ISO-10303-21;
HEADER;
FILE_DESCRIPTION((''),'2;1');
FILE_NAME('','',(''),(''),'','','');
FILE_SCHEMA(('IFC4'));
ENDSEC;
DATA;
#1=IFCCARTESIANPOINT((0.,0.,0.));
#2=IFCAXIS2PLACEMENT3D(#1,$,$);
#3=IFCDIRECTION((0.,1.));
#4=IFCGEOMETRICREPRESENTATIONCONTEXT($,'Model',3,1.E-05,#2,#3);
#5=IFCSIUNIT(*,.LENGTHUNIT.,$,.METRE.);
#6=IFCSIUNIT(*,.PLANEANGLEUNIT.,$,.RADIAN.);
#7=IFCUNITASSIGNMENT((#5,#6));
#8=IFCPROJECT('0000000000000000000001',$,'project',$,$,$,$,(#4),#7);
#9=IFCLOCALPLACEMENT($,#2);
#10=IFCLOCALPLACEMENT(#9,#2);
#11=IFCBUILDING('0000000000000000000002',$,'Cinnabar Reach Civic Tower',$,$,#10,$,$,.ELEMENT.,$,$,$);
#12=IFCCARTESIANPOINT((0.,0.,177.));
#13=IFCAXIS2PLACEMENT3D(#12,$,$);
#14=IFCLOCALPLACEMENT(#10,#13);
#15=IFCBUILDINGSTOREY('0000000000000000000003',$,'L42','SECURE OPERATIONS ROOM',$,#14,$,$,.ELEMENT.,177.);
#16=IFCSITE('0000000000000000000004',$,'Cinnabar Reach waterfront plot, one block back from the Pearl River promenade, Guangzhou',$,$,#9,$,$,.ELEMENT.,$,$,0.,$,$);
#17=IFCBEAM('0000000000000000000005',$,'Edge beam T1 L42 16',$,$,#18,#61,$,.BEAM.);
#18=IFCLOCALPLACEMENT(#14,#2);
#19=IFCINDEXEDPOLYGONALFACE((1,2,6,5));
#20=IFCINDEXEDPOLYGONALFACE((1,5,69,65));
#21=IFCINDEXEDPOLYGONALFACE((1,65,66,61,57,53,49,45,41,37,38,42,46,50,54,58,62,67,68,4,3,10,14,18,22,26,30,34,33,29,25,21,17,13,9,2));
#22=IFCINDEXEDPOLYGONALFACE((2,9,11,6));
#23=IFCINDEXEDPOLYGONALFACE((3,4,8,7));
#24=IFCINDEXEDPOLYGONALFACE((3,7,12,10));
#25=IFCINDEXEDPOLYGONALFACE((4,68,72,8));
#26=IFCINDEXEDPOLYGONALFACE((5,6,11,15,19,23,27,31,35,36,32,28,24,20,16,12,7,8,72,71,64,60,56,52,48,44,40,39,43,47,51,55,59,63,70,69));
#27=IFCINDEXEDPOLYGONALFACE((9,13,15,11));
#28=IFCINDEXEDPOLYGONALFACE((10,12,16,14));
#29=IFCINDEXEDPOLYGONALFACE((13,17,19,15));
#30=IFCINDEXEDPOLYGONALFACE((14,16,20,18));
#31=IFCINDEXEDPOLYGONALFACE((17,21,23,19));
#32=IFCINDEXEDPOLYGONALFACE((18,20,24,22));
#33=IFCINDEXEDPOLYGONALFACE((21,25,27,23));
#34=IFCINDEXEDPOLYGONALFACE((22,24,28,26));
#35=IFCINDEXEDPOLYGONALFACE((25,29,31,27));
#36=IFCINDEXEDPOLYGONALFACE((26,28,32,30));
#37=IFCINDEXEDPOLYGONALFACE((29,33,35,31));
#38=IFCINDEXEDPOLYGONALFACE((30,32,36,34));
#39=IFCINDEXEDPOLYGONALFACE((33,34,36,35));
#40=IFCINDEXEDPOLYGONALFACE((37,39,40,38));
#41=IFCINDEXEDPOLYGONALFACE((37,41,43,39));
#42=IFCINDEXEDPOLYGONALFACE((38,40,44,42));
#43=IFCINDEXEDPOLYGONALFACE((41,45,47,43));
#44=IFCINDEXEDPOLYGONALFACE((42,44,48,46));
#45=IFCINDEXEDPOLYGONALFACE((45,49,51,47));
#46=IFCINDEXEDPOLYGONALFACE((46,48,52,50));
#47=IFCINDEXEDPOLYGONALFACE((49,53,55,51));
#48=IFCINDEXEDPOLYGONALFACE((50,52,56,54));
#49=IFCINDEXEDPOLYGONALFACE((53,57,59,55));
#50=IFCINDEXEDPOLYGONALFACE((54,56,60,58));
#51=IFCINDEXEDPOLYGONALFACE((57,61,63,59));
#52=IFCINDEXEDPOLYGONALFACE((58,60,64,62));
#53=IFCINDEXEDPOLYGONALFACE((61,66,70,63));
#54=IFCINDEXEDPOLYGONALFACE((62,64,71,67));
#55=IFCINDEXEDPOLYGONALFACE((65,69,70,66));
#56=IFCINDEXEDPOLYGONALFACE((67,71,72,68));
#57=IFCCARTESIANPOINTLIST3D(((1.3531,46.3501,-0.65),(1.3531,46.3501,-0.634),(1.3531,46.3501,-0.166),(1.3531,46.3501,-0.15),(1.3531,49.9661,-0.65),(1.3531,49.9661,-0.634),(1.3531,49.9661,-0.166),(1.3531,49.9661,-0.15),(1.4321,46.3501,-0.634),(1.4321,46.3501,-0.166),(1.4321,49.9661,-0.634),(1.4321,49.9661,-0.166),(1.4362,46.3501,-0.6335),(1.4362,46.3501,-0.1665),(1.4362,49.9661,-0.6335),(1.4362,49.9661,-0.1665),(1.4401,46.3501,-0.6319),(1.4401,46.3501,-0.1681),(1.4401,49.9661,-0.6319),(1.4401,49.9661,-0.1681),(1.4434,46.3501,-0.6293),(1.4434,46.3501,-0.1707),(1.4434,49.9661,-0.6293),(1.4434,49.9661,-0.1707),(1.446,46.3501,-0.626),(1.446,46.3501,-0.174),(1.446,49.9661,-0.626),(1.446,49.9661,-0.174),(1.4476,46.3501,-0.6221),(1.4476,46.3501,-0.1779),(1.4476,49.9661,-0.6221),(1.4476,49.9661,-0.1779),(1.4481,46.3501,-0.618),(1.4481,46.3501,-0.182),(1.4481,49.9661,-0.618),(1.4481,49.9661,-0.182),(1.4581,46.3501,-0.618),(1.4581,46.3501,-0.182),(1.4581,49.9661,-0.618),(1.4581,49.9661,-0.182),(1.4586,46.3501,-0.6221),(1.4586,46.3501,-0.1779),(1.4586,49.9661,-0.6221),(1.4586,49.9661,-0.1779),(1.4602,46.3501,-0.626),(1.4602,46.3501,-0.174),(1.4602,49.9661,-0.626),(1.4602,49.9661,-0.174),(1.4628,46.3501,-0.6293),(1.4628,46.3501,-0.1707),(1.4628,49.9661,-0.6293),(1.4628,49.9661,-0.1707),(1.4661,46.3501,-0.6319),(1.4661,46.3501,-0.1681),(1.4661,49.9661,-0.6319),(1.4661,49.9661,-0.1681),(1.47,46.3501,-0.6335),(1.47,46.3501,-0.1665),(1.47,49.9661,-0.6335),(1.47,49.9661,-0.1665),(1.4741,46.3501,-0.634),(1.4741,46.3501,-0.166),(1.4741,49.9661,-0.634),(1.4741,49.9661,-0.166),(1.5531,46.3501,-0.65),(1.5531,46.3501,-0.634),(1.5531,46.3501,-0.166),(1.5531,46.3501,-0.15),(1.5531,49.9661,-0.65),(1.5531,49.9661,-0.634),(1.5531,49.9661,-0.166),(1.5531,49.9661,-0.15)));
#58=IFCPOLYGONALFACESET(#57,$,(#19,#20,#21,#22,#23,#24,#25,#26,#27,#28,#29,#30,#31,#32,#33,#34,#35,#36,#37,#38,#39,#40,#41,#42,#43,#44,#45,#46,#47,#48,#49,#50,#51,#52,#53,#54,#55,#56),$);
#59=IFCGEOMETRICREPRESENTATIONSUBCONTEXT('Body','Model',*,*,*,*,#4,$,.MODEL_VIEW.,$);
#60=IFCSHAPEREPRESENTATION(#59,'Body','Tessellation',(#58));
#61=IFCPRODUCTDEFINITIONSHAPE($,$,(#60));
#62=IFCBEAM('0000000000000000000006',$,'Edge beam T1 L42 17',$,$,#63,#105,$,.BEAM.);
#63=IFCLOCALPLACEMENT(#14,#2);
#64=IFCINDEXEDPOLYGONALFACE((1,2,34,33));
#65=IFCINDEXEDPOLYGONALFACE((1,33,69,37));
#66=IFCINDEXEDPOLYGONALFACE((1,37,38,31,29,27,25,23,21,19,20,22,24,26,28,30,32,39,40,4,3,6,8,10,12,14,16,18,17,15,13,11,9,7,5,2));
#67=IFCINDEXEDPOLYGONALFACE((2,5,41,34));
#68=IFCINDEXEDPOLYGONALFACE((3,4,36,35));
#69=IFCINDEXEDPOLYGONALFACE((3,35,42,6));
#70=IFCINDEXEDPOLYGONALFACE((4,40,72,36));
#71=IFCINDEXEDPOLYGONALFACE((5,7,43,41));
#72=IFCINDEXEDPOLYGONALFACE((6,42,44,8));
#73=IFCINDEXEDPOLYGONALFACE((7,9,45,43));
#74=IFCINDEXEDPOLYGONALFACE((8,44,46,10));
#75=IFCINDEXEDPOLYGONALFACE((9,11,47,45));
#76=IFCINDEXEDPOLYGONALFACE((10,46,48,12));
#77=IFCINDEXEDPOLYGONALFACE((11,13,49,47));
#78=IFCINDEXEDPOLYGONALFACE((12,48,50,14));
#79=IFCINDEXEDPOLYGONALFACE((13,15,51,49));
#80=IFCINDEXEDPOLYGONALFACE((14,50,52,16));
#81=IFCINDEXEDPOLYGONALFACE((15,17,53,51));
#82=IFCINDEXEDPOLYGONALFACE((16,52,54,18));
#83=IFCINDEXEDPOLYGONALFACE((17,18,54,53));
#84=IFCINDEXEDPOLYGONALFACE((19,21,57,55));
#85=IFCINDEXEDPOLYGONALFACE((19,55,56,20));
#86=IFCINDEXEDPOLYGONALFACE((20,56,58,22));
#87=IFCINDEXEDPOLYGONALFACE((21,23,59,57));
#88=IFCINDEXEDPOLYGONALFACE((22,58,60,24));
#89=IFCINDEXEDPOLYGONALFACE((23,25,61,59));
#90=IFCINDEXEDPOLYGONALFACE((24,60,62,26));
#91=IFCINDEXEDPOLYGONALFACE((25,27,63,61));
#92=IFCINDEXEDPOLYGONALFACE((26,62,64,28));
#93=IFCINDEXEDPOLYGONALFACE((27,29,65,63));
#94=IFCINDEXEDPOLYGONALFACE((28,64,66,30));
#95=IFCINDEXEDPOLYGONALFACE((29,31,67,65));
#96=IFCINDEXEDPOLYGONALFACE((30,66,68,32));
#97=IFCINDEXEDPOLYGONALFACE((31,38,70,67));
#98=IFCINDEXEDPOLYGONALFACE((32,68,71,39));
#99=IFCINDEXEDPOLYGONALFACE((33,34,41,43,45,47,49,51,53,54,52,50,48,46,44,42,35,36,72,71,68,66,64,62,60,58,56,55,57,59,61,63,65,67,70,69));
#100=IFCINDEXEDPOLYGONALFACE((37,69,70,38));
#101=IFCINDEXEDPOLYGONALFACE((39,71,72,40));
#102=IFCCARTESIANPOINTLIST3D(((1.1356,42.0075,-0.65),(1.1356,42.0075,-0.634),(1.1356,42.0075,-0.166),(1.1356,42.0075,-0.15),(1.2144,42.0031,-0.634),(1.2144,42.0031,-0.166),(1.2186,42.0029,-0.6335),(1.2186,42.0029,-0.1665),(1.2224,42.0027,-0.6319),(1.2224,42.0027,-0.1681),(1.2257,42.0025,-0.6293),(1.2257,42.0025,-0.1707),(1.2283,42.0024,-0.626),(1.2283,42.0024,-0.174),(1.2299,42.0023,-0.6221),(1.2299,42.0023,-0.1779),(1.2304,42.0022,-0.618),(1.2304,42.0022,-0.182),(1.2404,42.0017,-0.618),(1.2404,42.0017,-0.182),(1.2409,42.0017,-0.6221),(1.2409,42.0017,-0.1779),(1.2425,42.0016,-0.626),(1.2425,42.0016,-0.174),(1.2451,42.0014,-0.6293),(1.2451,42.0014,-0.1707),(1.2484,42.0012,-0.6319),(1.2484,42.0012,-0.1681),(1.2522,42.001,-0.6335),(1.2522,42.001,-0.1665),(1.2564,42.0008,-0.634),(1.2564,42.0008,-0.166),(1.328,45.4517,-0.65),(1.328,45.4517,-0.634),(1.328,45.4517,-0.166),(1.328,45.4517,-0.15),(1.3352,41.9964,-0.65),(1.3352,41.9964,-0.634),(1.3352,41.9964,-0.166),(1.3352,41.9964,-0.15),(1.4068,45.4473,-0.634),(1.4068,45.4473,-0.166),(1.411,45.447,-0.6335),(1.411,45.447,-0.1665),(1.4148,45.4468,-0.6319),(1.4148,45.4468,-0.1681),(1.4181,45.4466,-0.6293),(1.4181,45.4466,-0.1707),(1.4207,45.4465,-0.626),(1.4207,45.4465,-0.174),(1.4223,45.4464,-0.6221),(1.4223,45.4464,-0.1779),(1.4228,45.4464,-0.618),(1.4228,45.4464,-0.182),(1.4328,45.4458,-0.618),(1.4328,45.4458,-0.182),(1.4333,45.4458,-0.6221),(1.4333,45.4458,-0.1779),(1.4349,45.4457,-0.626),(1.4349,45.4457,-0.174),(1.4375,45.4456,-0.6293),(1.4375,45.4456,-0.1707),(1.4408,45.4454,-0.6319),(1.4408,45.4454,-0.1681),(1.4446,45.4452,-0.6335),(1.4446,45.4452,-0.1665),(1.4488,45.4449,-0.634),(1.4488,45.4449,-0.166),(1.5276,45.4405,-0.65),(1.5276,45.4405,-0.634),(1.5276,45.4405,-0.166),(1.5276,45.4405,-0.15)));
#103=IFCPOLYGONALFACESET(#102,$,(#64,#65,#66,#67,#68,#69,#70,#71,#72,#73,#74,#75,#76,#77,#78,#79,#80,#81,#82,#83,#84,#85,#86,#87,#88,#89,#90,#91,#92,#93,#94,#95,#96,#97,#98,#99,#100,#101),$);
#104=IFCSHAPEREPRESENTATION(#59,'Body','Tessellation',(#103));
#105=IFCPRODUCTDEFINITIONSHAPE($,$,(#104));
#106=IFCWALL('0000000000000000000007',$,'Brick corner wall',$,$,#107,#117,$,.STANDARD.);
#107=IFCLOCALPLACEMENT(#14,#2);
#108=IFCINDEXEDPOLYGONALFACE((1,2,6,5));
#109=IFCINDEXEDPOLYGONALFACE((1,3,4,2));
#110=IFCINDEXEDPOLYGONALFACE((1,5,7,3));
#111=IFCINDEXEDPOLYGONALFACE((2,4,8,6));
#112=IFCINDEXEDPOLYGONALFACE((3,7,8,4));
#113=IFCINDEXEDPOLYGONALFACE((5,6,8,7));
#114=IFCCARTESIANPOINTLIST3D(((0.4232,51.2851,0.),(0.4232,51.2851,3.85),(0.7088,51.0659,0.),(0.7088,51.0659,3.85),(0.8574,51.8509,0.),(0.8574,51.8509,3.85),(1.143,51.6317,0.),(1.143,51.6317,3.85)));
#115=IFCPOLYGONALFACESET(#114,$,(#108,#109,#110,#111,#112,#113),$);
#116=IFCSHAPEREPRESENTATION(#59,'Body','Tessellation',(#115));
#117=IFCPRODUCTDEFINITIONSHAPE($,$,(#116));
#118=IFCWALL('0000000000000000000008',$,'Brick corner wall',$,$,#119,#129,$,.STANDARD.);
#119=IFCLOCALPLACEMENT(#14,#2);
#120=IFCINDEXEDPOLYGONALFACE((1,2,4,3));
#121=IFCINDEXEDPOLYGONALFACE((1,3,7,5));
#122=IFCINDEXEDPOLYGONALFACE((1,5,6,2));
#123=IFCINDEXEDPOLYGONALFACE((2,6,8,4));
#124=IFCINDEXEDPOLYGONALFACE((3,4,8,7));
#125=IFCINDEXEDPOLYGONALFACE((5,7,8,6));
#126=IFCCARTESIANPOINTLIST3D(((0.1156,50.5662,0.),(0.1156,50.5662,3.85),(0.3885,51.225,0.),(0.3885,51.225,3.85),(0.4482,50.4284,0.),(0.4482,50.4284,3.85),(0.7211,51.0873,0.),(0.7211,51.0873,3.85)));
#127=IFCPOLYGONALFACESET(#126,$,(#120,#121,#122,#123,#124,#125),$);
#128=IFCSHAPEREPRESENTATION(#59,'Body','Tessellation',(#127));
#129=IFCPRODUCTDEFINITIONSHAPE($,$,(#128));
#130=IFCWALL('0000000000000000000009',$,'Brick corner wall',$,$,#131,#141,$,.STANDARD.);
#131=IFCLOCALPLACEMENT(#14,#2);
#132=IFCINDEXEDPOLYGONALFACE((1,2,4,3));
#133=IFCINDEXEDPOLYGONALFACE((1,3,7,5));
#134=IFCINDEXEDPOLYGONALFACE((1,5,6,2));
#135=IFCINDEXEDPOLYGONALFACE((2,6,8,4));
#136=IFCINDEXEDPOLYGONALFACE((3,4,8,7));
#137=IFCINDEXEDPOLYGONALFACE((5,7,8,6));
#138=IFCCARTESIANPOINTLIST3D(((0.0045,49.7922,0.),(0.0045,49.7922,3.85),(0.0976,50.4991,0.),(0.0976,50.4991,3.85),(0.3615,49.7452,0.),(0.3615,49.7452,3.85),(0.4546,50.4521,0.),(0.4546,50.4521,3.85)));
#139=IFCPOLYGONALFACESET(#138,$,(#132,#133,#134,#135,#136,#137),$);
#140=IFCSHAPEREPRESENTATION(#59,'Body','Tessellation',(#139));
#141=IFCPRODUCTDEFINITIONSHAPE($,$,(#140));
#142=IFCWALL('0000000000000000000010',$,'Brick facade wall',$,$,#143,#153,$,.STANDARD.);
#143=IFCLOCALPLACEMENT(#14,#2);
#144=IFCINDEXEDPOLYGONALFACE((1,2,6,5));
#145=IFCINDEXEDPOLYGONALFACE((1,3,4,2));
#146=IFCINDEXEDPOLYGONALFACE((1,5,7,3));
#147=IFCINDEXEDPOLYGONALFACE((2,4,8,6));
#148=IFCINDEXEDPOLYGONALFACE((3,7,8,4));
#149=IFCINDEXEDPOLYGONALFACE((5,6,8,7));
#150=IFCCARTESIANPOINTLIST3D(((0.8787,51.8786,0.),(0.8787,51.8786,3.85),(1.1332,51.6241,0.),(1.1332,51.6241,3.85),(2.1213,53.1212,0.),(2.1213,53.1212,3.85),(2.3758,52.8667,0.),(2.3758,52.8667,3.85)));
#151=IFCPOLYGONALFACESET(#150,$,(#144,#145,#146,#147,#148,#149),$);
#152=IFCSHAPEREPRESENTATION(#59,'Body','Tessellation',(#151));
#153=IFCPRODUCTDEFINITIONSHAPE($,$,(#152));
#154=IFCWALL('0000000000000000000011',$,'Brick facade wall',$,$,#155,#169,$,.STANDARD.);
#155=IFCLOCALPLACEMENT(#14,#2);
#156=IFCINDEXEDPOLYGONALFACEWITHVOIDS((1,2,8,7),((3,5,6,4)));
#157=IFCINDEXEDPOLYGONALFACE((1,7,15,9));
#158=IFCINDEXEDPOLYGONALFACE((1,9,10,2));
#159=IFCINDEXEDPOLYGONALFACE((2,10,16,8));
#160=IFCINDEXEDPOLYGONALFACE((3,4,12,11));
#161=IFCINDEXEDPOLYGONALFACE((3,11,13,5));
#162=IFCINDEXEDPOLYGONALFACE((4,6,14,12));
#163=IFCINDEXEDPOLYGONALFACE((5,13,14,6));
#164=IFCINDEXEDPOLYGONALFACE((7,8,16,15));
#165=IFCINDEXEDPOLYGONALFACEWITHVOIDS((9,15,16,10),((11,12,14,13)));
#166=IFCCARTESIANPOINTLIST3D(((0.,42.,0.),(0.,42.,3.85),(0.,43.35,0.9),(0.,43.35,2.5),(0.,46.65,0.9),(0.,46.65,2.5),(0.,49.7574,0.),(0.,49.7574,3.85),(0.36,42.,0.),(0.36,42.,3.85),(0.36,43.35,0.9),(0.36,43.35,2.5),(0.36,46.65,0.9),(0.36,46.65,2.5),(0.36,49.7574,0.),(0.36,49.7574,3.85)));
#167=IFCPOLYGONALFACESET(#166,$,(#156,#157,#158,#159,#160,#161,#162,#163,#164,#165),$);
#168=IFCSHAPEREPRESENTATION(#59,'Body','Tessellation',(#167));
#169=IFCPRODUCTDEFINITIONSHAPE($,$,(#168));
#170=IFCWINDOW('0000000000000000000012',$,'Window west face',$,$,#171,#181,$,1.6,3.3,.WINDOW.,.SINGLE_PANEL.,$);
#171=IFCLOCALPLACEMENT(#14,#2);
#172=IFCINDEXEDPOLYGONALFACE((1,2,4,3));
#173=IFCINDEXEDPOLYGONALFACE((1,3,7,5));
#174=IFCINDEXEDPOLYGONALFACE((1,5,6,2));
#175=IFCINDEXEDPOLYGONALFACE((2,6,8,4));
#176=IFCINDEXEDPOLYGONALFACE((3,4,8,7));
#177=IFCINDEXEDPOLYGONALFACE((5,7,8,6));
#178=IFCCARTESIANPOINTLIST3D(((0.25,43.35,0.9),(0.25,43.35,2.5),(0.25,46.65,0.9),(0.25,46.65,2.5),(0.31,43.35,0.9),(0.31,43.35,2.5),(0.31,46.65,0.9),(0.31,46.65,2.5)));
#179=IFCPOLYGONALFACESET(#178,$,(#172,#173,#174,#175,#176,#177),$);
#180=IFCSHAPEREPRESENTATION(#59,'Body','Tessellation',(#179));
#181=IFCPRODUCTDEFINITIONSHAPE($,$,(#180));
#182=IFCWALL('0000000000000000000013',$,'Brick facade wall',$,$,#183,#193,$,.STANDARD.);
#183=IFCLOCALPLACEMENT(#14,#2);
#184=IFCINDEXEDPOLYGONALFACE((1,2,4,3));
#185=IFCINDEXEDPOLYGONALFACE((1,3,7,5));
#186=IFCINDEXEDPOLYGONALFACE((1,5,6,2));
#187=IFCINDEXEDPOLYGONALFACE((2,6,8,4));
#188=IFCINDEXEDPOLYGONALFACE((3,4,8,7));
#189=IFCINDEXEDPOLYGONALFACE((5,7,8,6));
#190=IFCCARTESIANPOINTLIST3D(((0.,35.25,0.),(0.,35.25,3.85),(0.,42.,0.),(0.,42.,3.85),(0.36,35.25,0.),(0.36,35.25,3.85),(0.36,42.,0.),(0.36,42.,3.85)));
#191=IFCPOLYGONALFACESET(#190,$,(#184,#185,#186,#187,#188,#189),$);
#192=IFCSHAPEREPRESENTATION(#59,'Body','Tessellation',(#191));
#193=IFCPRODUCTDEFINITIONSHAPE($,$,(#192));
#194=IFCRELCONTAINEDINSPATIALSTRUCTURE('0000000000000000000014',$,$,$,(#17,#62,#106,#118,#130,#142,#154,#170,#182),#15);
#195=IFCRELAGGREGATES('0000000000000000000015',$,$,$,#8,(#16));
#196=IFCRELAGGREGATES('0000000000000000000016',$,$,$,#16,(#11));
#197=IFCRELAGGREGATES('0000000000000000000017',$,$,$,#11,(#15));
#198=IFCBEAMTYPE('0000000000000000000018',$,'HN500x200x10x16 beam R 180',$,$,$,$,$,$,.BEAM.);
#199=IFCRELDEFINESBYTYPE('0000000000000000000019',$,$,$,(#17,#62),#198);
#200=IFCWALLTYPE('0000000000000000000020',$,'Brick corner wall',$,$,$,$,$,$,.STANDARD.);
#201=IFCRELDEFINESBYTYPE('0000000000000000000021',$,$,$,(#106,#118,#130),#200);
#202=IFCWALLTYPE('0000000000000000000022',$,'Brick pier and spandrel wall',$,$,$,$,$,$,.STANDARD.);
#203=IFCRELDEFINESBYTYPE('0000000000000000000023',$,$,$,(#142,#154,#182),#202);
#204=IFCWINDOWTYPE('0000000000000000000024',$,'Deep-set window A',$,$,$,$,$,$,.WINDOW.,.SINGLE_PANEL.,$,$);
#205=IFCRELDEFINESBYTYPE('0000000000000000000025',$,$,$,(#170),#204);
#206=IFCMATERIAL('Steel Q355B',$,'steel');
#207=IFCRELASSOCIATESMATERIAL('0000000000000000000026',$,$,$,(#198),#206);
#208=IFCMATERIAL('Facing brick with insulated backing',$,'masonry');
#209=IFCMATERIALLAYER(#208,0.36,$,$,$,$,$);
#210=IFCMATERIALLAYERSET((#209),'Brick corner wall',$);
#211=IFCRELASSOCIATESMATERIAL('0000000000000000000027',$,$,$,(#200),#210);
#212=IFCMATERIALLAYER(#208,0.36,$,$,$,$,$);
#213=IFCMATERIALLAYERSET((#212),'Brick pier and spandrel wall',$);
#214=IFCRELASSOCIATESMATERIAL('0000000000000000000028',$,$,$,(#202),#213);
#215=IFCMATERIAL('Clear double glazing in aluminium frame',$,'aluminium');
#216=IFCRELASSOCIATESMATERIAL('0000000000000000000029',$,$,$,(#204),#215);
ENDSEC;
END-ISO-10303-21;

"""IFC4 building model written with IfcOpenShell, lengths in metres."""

from ifc_helpers import new_model, si_unit, direction, frame, frame_2d, origin, origin_2d, place, context, subcontext, project, spatial, rectangle, i_section, extrude, material, layer, layer_set, material_profile, profile_set, type_object, element, fill, save


model = new_model("IFC4")

# Units and contexts
model_context = context("Model", 3, precision=1e-05, world=origin(), true_north=direction((0.0, 1.0)))
body_context = subcontext(model_context, "Body", "Model", "MODEL_VIEW")
ifc_project = project(units=[si_unit("LENGTHUNIT", "METRE"), si_unit("PLANEANGLEUNIT", "RADIAN")], contexts=[model_context])

# Site, building, storey
site_placement = place(None, origin())
site = spatial("IfcSite", under=ifc_project, at=site_placement, Name="Cinnabar Reach waterfront plot, one block back from the Pearl River promenade, Guangzhou", CompositionType="ELEMENT", RefElevation=0.0)
building_placement = place(site_placement, origin())
building = spatial("IfcBuilding", under=site, at=building_placement, Name="Cinnabar Reach Civic Tower", CompositionType="ELEMENT")
storey_placement = place(building_placement, frame((0.0, 0.0, 177.0)))
storey = spatial("IfcBuildingStorey", under=building, at=storey_placement, Name="L42", Description="SECURE OPERATIONS ROOM", CompositionType="ELEMENT", Elevation=177.0)

# Beams
ifc_material_1 = material(Name="Steel Q355B", Category="steel")
ifc_material_profile_1 = material_profile(ifc_material_1, i_section(OverallWidth=0.2, OverallDepth=0.5, WebThickness=0.01, FlangeThickness=0.016, FilletRadius=0.016, at=origin_2d()), Name="HN500x200x10x16")
ifc_profile_set_1 = profile_set([ifc_material_profile_1], Name="Steel Q355B")
beam_type_1 = type_object("IfcBeamType", Name="HN500x200x10x16 beam R 180", PredefinedType="BEAM", material=ifc_profile_set_1)
beam_1_placement = place(storey_placement, frame((1.4531, 49.9661, -0.4), z_axis=(0.0, -1.0, 0.0), x_axis=(1.0, 0.0, 0.0)))
element("IfcBeam", 1, at=beam_1_placement, inside=storey, type_object=beam_type_1, Name="Edge beam T1 L42 16", PredefinedType="BEAM", context=body_context, shape_type="SweptSolid", body=[
    extrude(i_section(OverallWidth=0.2, OverallDepth=0.5, WebThickness=0.01, FlangeThickness=0.016, FilletRadius=0.016, at=origin_2d()), origin(), (0.0, 0.0, 1.0), 3.616),
])
beam_2_placement = place(storey_placement, frame((1.4278, 45.4461, -0.4), z_axis=(-0.055777, -0.998443, 0.0), x_axis=(0.998443, -0.055777, 0.0)))
element("IfcBeam", 2, at=beam_2_placement, inside=storey, type_object=beam_type_1, Name="Edge beam T1 L42 17", PredefinedType="BEAM", context=body_context, shape_type="SweptSolid", body=[
    extrude(i_section(OverallWidth=0.2, OverallDepth=0.5, WebThickness=0.01, FlangeThickness=0.016, FilletRadius=0.016, at=origin_2d()), origin(), (0.0, 0.0, 1.0), 3.4495),
])

# Walls
ifc_material_2 = material(Name="Facing brick with insulated backing", Category="masonry")
ifc_layer_1 = layer(ifc_material_2, 0.36)
ifc_layer_set_1 = layer_set([ifc_layer_1], Name="Brick corner wall")
wall_type_1 = type_object("IfcWallType", Name="Brick corner wall", PredefinedType="STANDARD", material=ifc_layer_set_1)
wall_1_placement = place(storey_placement, frame((1.0002, 51.7413, 0.0), z_axis=(0.0, 0.0, 1.0), x_axis=(-0.608802, -0.793322, 0.0)))
element("IfcWall", 3, at=wall_1_placement, inside=storey, type_object=wall_type_1, Name="Brick corner wall", PredefinedType="STANDARD", context=body_context, shape_type="SweptSolid", body=[
    extrude(rectangle(XDim=0.7132, YDim=0.36, at=frame_2d((0.3566, 0.0))), origin(), (0.0, 0.0, 1.0), 3.85),
])
for number, where, z_axis, x_axis, name in (
    (4, (0.5548, 51.1561, 0.0), (0.0, 0.0, 1.0), (-0.382703, -0.923872, 0.0), "Brick corner wall"),
    (5, (0.2761, 50.4756, 0.0), (0.0, 0.0, 1.0), (-0.130556, -0.991441, 0.0), "Brick corner wall"),
):
    element("IfcWall", number, at=place(storey_placement, frame(where, z_axis=z_axis, x_axis=x_axis)), inside=storey, type_object=wall_type_1, Name=name, PredefinedType="STANDARD", context=body_context, shape_type="SweptSolid", body=[
        extrude(rectangle(XDim=0.7131, YDim=0.36, at=frame_2d((0.3565, 0.0))), origin(), (0.0, 0.0, 1.0), 3.85),
    ])
ifc_layer_2 = layer(ifc_material_2, 0.36)
ifc_layer_set_2 = layer_set([ifc_layer_2], Name="Brick pier and spandrel wall")
wall_type_2 = type_object("IfcWallType", Name="Brick pier and spandrel wall", PredefinedType="STANDARD", material=ifc_layer_set_2)
wall_2_placement = place(storey_placement, frame((2.2486, 52.994, 0.0), z_axis=(0.0, 0.0, 1.0), x_axis=(-0.707107, -0.707107, 0.0)))
element("IfcWall", 6, at=wall_2_placement, inside=storey, type_object=wall_type_2, Name="Brick facade wall", PredefinedType="STANDARD", context=body_context, shape_type="SweptSolid", body=[
    extrude(rectangle(XDim=1.7573, YDim=0.36, at=frame_2d((0.8787, 0.0))), origin(), (0.0, 0.0, 1.0), 3.85),
])

# Wall, opening, window
wall_3_placement = place(storey_placement, frame((0.18, 49.7574, 0.0), z_axis=(0.0, 0.0, 1.0), x_axis=(0.0, -1.0, 0.0)))
wall_3 = element("IfcWall", 7, at=wall_3_placement, inside=storey, type_object=wall_type_2, Name="Brick facade wall", PredefinedType="STANDARD", context=body_context, shape_type="SweptSolid", body=[
    extrude(rectangle(XDim=7.7574, YDim=0.36, at=frame_2d((3.8787, 0.0))), origin(), (0.0, 0.0, 1.0), 3.85),
])
opening_1_placement = place(wall_3_placement, frame((3.1074, 0.0, 0.9)))
opening_1 = element("IfcOpeningElement", 8, at=opening_1_placement, cuts=wall_3, PredefinedType="OPENING", context=body_context, shape_type="SweptSolid", body=[
    extrude(rectangle(XDim=3.3, YDim=1.6, at=frame_2d((1.65, 0.8))), frame((0.0, 0.19, 0.0), z_axis=(0.0, -1.0, 0.0), x_axis=(1.0, 0.0, 0.0)), (0.0, 0.0, 1.0), 0.38),
])
ifc_material_3 = material(Name="Clear double glazing in aluminium frame", Category="aluminium")
window_type = type_object("IfcWindowType", Name="Deep-set window A", PartitioningType="SINGLE_PANEL", PredefinedType="WINDOW", material=ifc_material_3)
window_placement = place(opening_1_placement, origin())
window = element("IfcWindow", 9, at=window_placement, inside=storey, type_object=window_type, Name="Window west face", OverallHeight=1.6, OverallWidth=3.3, PartitioningType="SINGLE_PANEL", PredefinedType="WINDOW", context=body_context, shape_type="SweptSolid", body=[
    extrude(rectangle(XDim=3.3, YDim=1.6, at=frame_2d((1.65, 0.8))), frame((0.0, 0.13, 0.0), z_axis=(0.0, -1.0, 0.0), x_axis=(1.0, 0.0, 0.0)), (0.0, 0.0, 1.0), 0.06),
])
fill(opening_1, window)

# Wall
wall_4_placement = place(storey_placement, frame((0.18, 42.0, 0.0), z_axis=(0.0, 0.0, 1.0), x_axis=(0.0, -1.0, 0.0)))
element("IfcWall", 10, at=wall_4_placement, inside=storey, type_object=wall_type_2, Name="Brick facade wall", PredefinedType="STANDARD", context=body_context, shape_type="SweptSolid", body=[
    extrude(rectangle(XDim=6.75, YDim=0.36, at=frame_2d((3.375, 0.0))), origin(), (0.0, 0.0, 1.0), 3.85),
])

save(model, "model.ifc")
